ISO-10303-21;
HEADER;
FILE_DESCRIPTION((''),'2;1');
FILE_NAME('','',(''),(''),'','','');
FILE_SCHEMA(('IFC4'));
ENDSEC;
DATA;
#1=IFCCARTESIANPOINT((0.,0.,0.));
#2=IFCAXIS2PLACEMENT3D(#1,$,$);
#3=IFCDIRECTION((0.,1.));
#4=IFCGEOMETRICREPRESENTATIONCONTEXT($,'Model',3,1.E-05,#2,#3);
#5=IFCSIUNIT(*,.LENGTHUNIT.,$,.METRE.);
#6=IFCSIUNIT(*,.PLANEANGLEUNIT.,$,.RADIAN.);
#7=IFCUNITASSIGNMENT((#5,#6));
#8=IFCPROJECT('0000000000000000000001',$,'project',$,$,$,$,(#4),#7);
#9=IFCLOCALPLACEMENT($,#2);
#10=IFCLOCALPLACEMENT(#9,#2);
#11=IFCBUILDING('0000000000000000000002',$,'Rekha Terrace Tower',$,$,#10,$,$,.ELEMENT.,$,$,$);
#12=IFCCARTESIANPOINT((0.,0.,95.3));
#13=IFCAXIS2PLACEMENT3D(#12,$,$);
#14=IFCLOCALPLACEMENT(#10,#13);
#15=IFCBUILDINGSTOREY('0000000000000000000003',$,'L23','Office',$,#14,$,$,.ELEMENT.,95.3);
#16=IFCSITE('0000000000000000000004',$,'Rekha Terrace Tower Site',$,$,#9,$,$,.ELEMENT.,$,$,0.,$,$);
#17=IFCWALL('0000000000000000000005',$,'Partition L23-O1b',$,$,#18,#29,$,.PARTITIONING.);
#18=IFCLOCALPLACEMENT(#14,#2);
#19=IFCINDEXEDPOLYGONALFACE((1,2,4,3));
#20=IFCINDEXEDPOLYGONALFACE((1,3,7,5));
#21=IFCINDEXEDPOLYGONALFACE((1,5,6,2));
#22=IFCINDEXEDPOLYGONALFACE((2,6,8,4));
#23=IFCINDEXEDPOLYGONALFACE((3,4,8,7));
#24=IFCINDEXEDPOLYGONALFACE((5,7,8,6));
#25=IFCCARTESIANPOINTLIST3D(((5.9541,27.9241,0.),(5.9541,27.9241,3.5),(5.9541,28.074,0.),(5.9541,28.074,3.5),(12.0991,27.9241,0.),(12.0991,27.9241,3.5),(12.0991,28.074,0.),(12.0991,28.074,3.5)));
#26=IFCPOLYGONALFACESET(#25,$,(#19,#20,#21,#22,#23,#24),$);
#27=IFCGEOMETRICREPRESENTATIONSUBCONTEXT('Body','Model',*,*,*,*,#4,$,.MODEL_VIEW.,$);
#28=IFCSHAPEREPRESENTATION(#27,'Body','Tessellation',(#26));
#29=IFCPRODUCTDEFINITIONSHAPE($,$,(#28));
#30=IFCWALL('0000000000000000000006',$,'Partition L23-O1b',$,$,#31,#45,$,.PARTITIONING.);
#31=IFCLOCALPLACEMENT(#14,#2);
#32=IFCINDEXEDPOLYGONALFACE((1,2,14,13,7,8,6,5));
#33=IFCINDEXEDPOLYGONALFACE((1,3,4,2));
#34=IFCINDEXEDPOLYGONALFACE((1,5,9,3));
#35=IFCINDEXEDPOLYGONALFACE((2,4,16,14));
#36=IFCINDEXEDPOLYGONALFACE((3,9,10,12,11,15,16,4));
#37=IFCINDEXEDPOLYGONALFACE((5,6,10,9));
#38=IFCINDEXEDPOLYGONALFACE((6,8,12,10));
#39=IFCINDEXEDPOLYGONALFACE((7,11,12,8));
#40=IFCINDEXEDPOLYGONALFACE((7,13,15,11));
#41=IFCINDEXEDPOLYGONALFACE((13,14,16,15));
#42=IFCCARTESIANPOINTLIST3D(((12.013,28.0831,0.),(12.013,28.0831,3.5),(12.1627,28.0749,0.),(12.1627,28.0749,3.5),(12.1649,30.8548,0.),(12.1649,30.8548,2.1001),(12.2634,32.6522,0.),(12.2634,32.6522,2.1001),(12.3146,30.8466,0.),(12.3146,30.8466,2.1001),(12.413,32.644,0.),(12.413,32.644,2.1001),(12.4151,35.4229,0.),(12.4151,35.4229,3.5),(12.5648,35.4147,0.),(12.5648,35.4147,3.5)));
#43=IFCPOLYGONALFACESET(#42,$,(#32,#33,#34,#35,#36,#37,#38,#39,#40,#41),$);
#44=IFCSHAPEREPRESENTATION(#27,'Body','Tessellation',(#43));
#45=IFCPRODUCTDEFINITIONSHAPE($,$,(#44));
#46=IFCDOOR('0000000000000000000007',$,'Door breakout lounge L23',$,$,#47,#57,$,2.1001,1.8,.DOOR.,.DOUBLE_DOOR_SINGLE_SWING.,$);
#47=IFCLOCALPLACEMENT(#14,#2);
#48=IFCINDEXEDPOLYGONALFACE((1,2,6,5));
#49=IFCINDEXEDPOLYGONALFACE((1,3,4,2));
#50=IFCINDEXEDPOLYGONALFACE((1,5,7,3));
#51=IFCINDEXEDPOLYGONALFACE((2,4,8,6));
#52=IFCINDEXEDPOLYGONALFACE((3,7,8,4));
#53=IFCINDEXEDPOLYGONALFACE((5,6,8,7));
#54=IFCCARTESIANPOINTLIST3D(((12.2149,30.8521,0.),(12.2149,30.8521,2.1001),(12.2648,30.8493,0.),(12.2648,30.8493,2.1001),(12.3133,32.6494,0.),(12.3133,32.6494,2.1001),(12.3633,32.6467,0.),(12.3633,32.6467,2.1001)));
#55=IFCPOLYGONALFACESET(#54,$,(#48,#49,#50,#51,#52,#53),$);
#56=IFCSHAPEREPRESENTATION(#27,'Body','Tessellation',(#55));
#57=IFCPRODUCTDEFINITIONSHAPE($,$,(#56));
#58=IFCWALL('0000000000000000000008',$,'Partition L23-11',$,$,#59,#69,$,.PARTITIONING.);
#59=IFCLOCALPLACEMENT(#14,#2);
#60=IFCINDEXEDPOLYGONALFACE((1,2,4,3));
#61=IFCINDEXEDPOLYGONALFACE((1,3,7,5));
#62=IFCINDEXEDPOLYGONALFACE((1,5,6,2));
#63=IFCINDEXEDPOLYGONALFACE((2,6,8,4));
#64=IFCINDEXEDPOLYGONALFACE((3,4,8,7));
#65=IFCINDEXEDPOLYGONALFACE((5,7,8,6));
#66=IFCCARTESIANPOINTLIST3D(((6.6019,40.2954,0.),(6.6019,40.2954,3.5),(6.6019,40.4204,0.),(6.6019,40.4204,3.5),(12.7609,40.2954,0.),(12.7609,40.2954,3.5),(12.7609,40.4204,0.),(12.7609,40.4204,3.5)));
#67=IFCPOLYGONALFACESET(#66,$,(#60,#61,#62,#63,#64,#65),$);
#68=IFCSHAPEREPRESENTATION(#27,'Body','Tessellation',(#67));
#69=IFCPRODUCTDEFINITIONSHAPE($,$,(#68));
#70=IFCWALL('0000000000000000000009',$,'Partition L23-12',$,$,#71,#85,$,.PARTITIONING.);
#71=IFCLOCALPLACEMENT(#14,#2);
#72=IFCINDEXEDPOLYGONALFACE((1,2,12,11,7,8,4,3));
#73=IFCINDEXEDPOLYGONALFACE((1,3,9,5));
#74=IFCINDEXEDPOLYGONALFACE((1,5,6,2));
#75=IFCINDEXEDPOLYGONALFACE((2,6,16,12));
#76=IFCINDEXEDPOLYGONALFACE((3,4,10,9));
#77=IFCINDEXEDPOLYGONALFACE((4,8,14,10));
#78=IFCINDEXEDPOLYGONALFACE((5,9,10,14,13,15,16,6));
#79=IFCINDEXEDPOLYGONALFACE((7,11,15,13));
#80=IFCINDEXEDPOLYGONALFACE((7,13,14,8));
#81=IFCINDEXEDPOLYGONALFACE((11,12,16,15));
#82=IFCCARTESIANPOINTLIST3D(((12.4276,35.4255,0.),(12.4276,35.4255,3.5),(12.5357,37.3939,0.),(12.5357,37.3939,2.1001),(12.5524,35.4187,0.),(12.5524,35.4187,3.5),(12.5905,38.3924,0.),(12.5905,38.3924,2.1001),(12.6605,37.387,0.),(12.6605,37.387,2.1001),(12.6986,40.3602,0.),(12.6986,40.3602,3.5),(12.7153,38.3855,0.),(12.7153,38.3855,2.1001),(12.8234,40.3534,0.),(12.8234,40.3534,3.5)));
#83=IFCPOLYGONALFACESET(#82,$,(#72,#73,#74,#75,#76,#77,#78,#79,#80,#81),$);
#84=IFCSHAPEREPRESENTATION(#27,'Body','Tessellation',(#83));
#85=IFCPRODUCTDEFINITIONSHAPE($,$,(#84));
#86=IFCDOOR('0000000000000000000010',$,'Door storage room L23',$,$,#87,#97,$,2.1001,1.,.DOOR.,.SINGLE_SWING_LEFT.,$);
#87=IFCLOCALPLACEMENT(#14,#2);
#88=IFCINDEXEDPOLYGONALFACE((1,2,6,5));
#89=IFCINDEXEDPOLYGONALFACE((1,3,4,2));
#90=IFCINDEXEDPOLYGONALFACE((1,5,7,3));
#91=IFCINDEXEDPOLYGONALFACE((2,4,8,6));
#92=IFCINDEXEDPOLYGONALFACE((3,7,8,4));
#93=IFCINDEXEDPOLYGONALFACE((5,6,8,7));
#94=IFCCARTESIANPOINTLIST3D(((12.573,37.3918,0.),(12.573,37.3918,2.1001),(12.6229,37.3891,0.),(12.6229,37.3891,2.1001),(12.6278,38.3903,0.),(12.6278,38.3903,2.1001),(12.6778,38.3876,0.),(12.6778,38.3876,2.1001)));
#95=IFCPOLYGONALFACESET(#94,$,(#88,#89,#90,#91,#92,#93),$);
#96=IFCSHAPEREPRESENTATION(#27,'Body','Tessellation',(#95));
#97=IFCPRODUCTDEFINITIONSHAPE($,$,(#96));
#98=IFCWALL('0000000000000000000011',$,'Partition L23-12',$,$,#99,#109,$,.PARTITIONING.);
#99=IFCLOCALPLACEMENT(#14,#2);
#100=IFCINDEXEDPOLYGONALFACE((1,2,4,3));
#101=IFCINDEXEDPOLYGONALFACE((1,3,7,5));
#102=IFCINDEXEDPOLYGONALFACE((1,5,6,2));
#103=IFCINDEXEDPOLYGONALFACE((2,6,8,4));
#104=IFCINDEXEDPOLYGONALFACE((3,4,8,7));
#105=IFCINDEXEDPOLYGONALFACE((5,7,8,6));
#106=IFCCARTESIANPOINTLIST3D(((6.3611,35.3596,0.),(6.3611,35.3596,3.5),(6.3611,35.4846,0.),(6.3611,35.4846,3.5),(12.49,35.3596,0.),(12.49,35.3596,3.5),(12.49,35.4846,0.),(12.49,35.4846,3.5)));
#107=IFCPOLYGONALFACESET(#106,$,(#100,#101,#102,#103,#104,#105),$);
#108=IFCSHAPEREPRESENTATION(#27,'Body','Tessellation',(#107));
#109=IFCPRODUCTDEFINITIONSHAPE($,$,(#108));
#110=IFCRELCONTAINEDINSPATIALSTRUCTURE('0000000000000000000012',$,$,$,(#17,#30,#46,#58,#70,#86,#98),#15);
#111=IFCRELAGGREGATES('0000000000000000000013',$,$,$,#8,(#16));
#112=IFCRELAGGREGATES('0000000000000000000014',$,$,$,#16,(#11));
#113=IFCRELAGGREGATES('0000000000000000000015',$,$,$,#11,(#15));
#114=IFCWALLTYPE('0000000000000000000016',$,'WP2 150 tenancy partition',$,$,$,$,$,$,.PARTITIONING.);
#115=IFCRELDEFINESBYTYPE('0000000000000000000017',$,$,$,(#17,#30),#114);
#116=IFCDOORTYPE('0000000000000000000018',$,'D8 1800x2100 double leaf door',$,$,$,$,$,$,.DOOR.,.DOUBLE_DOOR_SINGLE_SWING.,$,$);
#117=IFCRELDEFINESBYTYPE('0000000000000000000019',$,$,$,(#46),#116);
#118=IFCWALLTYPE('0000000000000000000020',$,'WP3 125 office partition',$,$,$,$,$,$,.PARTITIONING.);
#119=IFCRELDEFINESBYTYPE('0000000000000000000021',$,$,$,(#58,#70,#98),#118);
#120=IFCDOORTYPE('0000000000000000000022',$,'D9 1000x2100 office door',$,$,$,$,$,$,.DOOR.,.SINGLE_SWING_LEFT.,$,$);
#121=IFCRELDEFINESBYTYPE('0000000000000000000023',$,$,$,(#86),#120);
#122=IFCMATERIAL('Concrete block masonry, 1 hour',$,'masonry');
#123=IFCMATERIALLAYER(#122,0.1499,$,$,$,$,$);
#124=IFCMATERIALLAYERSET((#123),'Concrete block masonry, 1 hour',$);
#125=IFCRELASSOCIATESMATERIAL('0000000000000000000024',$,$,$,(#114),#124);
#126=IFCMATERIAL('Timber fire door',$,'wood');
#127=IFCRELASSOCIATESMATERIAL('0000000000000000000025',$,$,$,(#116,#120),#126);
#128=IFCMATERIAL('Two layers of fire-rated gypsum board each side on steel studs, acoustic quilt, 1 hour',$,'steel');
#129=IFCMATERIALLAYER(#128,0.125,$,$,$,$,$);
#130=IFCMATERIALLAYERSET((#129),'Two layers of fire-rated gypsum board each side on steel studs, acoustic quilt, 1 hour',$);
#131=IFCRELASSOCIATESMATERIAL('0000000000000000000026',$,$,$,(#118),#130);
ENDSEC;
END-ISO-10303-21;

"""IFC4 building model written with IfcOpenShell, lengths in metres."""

from ifc_helpers import new_model, si_unit, direction, frame, frame_2d, origin, place, context, subcontext, project, spatial, rectangle, extrude, material, layer, layer_set, type_object, element, fill, save


model = new_model("IFC4")

# Units and contexts
model_context = context("Model", 3, precision=1e-05, world=origin(), true_north=direction((0.0, 1.0)))
body_context = subcontext(model_context, "Body", "Model", "MODEL_VIEW")
ifc_project = project(units=[si_unit("LENGTHUNIT", "METRE"), si_unit("PLANEANGLEUNIT", "RADIAN")], contexts=[model_context])

# Site, building, storey
site_placement = place(None, origin())
site = spatial("IfcSite", under=ifc_project, at=site_placement, Name="Rekha Terrace Tower Site", CompositionType="ELEMENT", RefElevation=0.0)
building_placement = place(site_placement, origin())
building = spatial("IfcBuilding", under=site, at=building_placement, Name="Rekha Terrace Tower", CompositionType="ELEMENT")
storey_placement = place(building_placement, frame((0.0, 0.0, 95.3)))
storey = spatial("IfcBuildingStorey", under=building, at=storey_placement, Name="L23", Description="Office", CompositionType="ELEMENT", Elevation=95.3)

# Wall
ifc_material_1 = material(Name="Concrete block masonry, 1 hour", Category="masonry")
ifc_layer_1 = layer(ifc_material_1, 0.1499)
ifc_layer_set_1 = layer_set([ifc_layer_1], Name="Concrete block masonry, 1 hour")
wall_type_1 = type_object("IfcWallType", Name="WP2 150 tenancy partition", PredefinedType="PARTITIONING", material=ifc_layer_set_1)
wall_1_placement = place(storey_placement, frame((12.0991, 27.999, 0.0), z_axis=(0.0, 0.0, 1.0), x_axis=(-1.0, 0.0, 0.0)))
element("IfcWall", 1, at=wall_1_placement, inside=storey, type_object=wall_type_1, Name="Partition L23-O1b", PredefinedType="PARTITIONING", context=body_context, shape_type="SweptSolid", body=[
    extrude(rectangle(XDim=6.145, YDim=0.1499, at=frame_2d((3.0725, 0.0))), origin(), (0.0, 0.0, 1.0), 3.5),
])

# Wall, opening, door
wall_2_placement = place(storey_placement, frame((12.0879, 28.0791, 0.0), z_axis=(0.0, 0.0, 1.0), x_axis=(0.054701, 0.998503, 0.0)))
wall_2 = element("IfcWall", 2, at=wall_2_placement, inside=storey, type_object=wall_type_1, Name="Partition L23-O1b", PredefinedType="PARTITIONING", context=body_context, shape_type="SweptSolid", body=[
    extrude(rectangle(XDim=7.3508, YDim=0.1499, at=frame_2d((3.6753, 0.0))), origin(), (0.0, 0.0, 1.0), 3.5),
])
opening_1_placement = place(wall_2_placement, frame((2.7759, 0.0, 0.0)))
opening_1 = element("IfcOpeningElement", 3, at=opening_1_placement, cuts=wall_2, PredefinedType="OPENING", context=body_context, shape_type="SweptSolid", body=[
    extrude(rectangle(XDim=1.8, YDim=2.1001, at=frame_2d((0.8999, 1.05))), frame((0.0, 0.085, 0.0), z_axis=(0.0, -1.0, 0.0), x_axis=(1.0, 0.0, 0.0)), (0.0, 0.0, 1.0), 0.1699),
])
ifc_material_2 = material(Name="Timber fire door", Category="wood")
door_type_1 = type_object("IfcDoorType", Name="D8 1800x2100 double leaf door", OperationType="DOUBLE_DOOR_SINGLE_SWING", PredefinedType="DOOR", material=ifc_material_2)
door_1_placement = place(opening_1_placement, origin())
door_1 = element("IfcDoor", 4, at=door_1_placement, inside=storey, type_object=door_type_1, Name="Door breakout lounge L23", OperationType="DOUBLE_DOOR_SINGLE_SWING", OverallHeight=2.1001, OverallWidth=1.8, PredefinedType="DOOR", context=body_context, shape_type="SweptSolid", body=[
    extrude(rectangle(XDim=1.8, YDim=2.1001, at=frame_2d((0.8999, 1.05))), frame((0.0, 0.0249, 0.0), z_axis=(0.0, -1.0, 0.0), x_axis=(1.0, 0.0, 0.0)), (0.0, 0.0, 1.0), 0.05),
])
fill(opening_1, door_1)

# Wall
ifc_material_3 = material(Name="Two layers of fire-rated gypsum board each side on steel studs, acoustic quilt, 1 hour", Category="steel")
ifc_layer_2 = layer(ifc_material_3, 0.125)
ifc_layer_set_2 = layer_set([ifc_layer_2], Name="Two layers of fire-rated gypsum board each side on steel studs, acoustic quilt, 1 hour")
wall_type_2 = type_object("IfcWallType", Name="WP3 125 office partition", PredefinedType="PARTITIONING", material=ifc_layer_set_2)
wall_3_placement = place(storey_placement, frame((12.761, 40.3579, 0.0), z_axis=(0.0, 0.0, 1.0), x_axis=(-1.0, 0.0, 0.0)))
element("IfcWall", 5, at=wall_3_placement, inside=storey, type_object=wall_type_2, Name="Partition L23-11", PredefinedType="PARTITIONING", context=body_context, shape_type="SweptSolid", body=[
    extrude(rectangle(XDim=6.1589, YDim=0.125, at=frame_2d((3.0796, 0.0))), origin(), (0.0, 0.0, 1.0), 3.5),
])

# Wall, opening, door
wall_4_placement = place(storey_placement, frame((12.761, 40.3569, 0.0), z_axis=(0.0, 0.0, 1.0), x_axis=(-0.054833, -0.998496, 0.0)))
wall_4 = element("IfcWall", 6, at=wall_4_placement, inside=storey, type_object=wall_type_2, Name="Partition L23-12", PredefinedType="PARTITIONING", context=body_context, shape_type="SweptSolid", body=[
    extrude(rectangle(XDim=4.9421, YDim=0.125, at=frame_2d((2.4712, 0.0))), origin(), (0.0, 0.0, 1.0), 3.5),
])
opening_2_placement = place(wall_4_placement, frame((1.9709, 0.0, 0.0)))
opening_2 = element("IfcOpeningElement", 7, at=opening_2_placement, cuts=wall_4, PredefinedType="OPENING", context=body_context, shape_type="SweptSolid", body=[
    extrude(rectangle(XDim=1.0, YDim=2.1001, at=frame_2d((0.5, 1.05))), frame((0.0, 0.0725, 0.0), z_axis=(0.0, -1.0, 0.0), x_axis=(1.0, 0.0, 0.0)), (0.0, 0.0, 1.0), 0.145),
])
door_type_2 = type_object("IfcDoorType", Name="D9 1000x2100 office door", OperationType="SINGLE_SWING_LEFT", PredefinedType="DOOR", material=ifc_material_2)
door_2_placement = place(opening_2_placement, origin())
door_2 = element("IfcDoor", 8, at=door_2_placement, inside=storey, type_object=door_type_2, Name="Door storage room L23", OperationType="SINGLE_SWING_LEFT", OverallHeight=2.1001, OverallWidth=1.0, PredefinedType="DOOR", context=body_context, shape_type="SweptSolid", body=[
    extrude(rectangle(XDim=1.0, YDim=2.1001, at=frame_2d((0.5, 1.05))), frame((0.0, 0.0249, 0.0), z_axis=(0.0, -1.0, 0.0), x_axis=(1.0, 0.0, 0.0)), (0.0, 0.0, 1.0), 0.05),
])
fill(opening_2, door_2)

# Wall
wall_5_placement = place(storey_placement, frame((12.49, 35.4221, 0.0), z_axis=(0.0, 0.0, 1.0), x_axis=(-1.0, 0.0, 0.0)))
element("IfcWall", 9, at=wall_5_placement, inside=storey, type_object=wall_type_2, Name="Partition L23-12", PredefinedType="PARTITIONING", context=body_context, shape_type="SweptSolid", body=[
    extrude(rectangle(XDim=6.1289, YDim=0.125, at=frame_2d((3.0645, 0.0))), origin(), (0.0, 0.0, 1.0), 3.5),
])

save(model, "model.ifc")
